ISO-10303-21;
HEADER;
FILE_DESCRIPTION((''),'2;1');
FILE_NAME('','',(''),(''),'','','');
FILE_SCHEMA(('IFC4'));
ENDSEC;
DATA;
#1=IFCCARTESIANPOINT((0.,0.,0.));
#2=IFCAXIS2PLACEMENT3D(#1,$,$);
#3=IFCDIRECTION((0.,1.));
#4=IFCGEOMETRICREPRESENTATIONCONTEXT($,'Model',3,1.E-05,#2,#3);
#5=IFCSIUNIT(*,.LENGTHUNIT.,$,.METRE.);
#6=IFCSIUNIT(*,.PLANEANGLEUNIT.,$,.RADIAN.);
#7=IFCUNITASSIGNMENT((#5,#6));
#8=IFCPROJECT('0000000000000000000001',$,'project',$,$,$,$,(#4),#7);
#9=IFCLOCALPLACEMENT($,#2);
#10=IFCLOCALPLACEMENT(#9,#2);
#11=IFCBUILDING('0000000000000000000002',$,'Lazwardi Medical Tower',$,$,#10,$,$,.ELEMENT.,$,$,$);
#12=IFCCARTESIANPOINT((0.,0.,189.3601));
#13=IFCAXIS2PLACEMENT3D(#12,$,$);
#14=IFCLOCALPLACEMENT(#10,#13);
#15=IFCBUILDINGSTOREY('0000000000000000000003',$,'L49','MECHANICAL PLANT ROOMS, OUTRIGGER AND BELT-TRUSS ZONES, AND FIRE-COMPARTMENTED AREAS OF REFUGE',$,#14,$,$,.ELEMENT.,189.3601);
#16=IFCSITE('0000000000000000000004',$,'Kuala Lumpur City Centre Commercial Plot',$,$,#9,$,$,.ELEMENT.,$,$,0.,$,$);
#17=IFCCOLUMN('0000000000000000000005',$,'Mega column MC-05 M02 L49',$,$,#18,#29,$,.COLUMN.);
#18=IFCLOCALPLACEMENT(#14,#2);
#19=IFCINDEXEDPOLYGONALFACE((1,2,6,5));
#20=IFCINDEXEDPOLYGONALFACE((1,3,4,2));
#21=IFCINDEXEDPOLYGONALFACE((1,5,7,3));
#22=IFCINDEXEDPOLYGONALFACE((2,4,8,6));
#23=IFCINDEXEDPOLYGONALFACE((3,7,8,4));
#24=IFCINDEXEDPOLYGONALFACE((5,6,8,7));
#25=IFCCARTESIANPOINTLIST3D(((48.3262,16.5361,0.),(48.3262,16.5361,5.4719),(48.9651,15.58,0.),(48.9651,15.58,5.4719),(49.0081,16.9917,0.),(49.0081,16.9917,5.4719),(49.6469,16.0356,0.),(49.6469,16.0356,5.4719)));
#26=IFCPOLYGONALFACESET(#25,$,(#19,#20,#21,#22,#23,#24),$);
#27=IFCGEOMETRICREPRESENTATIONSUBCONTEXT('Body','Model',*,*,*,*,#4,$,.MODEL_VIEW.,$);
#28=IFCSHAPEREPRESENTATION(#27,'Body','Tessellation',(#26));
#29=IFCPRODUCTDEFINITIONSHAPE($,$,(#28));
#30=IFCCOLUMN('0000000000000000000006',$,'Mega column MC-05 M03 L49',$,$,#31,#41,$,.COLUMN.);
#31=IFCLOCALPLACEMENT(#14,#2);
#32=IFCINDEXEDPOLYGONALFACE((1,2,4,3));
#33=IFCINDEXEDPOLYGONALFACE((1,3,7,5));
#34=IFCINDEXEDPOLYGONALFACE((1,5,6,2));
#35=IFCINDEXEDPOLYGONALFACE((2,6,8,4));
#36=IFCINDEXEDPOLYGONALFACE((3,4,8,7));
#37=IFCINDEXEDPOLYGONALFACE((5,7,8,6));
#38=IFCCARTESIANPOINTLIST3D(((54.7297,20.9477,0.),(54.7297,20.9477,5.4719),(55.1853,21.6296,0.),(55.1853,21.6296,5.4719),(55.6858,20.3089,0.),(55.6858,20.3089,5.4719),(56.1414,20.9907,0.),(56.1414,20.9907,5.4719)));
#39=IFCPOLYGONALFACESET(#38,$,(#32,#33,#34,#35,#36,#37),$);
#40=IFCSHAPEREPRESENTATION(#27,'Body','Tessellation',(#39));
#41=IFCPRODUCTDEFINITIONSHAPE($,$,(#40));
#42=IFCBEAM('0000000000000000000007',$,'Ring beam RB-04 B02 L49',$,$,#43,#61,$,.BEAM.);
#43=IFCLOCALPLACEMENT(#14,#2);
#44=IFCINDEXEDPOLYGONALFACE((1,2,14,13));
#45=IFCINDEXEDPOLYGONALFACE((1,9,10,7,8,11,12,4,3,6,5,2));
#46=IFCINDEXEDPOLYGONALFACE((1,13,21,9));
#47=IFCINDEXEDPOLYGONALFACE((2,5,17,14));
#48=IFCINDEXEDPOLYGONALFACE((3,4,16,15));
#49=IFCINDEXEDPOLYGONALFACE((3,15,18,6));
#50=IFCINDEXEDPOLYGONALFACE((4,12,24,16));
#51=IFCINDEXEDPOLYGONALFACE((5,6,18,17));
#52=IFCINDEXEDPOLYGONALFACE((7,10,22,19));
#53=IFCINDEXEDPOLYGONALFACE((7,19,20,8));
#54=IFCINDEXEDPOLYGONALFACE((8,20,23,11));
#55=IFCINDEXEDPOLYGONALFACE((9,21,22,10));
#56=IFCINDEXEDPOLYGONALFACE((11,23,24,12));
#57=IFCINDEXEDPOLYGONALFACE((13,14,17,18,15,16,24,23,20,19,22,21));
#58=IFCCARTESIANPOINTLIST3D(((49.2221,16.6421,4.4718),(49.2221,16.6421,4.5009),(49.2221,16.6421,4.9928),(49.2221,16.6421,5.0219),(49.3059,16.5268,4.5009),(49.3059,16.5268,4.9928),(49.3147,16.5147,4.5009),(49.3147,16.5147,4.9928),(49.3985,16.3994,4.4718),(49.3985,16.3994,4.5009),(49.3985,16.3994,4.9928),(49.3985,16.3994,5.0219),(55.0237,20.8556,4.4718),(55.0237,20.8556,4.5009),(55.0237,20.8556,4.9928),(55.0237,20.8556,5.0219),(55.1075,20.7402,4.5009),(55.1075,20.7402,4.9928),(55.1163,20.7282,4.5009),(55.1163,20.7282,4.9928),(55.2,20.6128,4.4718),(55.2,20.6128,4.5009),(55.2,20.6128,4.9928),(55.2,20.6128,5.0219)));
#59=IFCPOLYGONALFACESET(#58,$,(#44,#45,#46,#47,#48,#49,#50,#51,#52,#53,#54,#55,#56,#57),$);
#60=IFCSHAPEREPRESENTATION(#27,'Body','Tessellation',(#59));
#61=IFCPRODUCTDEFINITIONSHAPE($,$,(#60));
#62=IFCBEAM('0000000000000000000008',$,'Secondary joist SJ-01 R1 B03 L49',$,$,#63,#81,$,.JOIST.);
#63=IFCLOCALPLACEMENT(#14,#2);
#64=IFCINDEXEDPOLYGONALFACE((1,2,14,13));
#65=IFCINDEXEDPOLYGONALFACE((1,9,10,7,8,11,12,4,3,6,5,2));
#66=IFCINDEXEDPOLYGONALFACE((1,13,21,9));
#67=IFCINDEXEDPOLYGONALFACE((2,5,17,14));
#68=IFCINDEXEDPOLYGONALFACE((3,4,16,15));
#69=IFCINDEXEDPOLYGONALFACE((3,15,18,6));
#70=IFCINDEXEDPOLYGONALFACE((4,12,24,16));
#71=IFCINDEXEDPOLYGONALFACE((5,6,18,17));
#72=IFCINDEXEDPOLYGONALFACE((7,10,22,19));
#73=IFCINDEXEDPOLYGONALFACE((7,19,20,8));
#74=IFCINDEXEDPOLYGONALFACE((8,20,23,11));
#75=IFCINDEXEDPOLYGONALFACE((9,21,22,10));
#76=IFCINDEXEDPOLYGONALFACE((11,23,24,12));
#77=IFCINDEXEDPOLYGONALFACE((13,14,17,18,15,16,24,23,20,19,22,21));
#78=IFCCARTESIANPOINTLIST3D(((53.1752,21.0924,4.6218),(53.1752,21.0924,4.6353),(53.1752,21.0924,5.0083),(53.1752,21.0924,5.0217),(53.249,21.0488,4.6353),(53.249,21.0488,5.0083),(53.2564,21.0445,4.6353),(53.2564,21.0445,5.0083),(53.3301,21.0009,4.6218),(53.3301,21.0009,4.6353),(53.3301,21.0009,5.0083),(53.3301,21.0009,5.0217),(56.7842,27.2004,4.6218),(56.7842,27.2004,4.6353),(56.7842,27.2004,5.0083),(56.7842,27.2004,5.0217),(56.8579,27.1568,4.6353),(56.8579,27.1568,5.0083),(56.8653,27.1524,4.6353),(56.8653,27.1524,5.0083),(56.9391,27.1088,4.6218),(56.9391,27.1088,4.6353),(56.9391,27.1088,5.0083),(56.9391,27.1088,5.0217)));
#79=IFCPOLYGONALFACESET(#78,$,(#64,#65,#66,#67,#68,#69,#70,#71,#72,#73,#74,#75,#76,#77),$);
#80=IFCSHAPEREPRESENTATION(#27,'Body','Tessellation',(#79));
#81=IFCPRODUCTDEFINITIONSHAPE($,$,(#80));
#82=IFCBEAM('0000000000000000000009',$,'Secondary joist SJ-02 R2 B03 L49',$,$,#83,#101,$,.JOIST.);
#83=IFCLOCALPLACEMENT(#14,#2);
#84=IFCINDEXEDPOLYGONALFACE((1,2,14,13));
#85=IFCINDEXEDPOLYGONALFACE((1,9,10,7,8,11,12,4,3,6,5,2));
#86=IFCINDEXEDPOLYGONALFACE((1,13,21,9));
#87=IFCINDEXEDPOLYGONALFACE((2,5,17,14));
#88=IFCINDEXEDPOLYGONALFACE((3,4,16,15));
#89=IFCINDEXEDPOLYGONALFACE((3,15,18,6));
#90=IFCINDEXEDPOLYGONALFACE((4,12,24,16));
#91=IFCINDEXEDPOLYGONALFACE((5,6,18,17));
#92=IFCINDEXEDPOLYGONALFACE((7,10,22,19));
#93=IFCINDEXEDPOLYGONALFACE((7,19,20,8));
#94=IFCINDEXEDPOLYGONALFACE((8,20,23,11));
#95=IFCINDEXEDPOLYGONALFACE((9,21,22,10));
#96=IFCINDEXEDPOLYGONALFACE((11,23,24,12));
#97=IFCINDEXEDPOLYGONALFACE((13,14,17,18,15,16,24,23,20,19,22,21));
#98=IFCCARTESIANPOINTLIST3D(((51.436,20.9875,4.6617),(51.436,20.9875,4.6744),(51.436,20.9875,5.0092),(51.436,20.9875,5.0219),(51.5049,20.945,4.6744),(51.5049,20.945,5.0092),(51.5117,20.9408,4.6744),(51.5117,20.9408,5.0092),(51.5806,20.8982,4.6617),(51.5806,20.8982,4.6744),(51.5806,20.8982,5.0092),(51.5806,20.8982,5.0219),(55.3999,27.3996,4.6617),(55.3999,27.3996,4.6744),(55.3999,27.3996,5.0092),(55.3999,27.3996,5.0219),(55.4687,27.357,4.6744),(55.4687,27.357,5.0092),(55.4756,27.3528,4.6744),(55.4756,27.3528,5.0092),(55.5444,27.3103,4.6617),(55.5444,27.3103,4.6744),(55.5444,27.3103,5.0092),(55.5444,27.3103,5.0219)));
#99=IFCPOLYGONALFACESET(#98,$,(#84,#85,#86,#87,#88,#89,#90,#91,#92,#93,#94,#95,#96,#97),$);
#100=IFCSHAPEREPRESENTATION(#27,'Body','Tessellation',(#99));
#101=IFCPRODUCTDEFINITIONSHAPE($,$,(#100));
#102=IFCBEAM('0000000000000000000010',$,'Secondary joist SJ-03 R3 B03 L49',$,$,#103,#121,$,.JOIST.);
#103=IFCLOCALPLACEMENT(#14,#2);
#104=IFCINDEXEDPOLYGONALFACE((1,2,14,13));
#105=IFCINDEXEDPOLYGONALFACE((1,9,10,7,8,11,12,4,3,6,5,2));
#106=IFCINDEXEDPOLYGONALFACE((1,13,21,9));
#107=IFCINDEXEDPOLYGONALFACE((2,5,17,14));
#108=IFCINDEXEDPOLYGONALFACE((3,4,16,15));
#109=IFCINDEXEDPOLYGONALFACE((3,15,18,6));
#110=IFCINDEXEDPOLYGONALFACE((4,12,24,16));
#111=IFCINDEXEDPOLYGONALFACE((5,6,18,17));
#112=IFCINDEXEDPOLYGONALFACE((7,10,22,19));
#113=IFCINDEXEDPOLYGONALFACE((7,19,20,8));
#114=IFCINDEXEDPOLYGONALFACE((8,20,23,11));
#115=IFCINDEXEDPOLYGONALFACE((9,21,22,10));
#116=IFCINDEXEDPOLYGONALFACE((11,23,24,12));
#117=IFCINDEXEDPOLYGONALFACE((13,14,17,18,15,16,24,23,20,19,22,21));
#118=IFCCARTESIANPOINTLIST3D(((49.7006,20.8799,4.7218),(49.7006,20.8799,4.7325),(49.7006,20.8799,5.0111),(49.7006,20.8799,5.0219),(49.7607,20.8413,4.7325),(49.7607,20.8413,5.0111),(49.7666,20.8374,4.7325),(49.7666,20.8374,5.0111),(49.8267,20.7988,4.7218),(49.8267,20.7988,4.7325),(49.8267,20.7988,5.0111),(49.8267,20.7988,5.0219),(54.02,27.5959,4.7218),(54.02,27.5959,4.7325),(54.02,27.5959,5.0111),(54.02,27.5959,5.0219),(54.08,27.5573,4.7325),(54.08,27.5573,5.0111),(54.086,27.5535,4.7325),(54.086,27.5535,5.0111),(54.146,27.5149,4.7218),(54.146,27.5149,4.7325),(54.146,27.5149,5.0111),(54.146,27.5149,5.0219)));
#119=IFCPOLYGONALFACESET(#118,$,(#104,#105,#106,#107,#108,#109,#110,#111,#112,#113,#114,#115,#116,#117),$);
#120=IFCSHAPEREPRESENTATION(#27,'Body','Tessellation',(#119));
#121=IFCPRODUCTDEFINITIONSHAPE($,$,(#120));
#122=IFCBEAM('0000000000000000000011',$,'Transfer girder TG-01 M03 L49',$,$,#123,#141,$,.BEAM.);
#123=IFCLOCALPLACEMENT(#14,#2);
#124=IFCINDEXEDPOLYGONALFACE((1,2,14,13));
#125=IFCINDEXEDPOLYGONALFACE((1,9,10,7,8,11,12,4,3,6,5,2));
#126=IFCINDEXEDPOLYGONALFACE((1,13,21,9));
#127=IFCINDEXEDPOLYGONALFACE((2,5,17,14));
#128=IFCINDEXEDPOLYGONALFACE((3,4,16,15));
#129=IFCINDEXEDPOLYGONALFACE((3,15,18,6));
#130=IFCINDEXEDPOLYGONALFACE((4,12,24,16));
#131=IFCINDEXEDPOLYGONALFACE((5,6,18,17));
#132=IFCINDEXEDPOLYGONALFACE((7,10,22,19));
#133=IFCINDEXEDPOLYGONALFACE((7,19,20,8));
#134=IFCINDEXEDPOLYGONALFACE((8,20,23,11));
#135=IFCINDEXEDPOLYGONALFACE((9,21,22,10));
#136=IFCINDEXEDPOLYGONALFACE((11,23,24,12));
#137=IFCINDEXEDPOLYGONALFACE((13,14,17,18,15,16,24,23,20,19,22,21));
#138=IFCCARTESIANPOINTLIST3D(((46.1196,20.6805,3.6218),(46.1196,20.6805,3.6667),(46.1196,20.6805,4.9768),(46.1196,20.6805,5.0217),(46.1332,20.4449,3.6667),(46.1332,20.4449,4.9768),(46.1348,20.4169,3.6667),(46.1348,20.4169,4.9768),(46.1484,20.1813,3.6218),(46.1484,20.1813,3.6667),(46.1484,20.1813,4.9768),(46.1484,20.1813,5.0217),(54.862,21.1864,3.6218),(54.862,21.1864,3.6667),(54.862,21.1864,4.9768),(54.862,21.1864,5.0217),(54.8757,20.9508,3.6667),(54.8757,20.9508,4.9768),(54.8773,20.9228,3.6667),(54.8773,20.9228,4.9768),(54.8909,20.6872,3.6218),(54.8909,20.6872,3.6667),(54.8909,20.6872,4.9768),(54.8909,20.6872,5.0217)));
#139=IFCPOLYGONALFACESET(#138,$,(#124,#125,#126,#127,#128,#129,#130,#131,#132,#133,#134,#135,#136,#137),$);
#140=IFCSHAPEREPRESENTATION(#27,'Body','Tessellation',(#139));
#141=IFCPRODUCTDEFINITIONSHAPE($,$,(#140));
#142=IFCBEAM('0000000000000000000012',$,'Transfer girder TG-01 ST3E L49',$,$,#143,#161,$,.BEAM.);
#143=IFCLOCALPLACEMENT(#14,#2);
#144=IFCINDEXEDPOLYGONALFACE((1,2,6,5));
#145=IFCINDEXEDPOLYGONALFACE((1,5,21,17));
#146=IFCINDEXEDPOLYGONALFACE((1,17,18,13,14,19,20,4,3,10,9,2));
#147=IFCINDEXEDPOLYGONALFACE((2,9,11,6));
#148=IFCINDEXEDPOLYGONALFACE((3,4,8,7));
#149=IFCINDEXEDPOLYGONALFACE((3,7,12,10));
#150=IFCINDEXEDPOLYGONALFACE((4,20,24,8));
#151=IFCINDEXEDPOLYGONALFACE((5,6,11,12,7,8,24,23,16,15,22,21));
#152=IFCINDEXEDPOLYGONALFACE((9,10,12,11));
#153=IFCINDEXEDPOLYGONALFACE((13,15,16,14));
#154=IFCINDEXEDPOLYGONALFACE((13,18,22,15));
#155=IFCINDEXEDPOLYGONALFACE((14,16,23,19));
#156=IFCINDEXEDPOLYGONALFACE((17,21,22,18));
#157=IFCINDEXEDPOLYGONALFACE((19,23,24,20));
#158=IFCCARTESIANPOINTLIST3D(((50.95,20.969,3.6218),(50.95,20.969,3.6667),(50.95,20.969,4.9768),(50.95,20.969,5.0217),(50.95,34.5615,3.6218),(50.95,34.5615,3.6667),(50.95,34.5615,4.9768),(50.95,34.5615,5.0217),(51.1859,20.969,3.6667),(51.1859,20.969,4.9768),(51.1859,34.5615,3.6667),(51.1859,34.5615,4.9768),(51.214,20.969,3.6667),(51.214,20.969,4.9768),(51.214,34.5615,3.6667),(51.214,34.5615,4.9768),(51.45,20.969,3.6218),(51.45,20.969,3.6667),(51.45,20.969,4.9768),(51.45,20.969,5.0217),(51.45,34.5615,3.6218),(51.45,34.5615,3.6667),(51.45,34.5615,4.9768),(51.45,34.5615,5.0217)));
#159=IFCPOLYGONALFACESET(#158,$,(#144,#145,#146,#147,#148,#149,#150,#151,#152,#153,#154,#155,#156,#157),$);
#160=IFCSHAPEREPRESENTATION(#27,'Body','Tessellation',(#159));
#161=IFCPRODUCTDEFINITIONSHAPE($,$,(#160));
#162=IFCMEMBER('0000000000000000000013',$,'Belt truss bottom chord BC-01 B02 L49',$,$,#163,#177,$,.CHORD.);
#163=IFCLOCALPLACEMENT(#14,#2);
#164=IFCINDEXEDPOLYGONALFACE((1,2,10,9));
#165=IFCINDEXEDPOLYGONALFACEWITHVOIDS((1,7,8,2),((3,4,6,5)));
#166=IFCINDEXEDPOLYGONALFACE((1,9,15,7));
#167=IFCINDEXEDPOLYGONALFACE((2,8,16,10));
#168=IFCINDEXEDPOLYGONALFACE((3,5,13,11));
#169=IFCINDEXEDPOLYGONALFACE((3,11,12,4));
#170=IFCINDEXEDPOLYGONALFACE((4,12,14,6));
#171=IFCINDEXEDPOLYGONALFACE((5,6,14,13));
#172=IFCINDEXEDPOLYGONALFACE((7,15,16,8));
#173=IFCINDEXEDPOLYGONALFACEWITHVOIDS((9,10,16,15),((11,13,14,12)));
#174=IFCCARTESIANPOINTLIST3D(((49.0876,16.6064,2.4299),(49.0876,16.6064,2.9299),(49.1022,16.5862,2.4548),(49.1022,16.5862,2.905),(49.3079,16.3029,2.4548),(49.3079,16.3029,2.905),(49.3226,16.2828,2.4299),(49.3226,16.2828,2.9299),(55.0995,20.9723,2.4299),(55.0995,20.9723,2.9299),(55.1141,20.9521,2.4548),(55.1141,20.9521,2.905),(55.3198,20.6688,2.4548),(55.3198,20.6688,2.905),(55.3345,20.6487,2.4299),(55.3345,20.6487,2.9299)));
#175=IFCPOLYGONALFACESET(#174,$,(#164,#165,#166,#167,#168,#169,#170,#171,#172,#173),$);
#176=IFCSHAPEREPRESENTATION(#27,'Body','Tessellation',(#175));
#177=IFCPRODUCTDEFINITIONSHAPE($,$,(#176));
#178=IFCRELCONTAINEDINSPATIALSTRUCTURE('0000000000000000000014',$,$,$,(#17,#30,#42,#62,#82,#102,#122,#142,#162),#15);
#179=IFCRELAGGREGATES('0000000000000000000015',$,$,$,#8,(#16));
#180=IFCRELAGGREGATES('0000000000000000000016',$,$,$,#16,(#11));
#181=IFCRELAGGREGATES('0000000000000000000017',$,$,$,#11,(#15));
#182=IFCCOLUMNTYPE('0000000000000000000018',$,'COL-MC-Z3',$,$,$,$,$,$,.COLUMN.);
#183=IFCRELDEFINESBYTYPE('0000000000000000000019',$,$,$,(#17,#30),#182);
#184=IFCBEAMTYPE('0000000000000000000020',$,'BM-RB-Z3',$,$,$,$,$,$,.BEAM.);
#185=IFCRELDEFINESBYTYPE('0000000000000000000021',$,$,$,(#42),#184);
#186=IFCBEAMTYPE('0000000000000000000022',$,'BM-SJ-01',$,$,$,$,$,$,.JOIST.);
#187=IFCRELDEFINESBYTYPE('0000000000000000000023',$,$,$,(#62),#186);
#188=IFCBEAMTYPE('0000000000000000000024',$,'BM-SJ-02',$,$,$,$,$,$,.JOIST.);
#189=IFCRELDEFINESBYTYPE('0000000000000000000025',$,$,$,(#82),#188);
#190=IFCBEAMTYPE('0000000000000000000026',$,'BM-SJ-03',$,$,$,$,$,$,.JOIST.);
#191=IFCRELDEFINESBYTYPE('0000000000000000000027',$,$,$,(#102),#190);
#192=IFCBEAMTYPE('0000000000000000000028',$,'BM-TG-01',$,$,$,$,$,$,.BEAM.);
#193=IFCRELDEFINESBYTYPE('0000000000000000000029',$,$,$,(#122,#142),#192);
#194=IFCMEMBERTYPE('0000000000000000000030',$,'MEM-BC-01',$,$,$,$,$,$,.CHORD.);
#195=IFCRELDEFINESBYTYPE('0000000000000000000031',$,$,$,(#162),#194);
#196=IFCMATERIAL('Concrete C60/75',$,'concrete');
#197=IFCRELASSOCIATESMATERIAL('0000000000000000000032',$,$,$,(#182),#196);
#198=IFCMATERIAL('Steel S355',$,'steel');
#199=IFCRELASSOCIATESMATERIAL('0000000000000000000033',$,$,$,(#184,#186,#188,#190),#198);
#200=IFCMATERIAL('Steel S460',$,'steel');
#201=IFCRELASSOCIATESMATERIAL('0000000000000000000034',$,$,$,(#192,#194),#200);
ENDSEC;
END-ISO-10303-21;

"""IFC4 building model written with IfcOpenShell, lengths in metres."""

from ifc_helpers import new_model, si_unit, direction, frame, origin, origin_2d, place, context, subcontext, project, spatial, rectangle, hollow_rectangle, i_section, extrude, material, material_profile, profile_set, type_object, element, save


model = new_model("IFC4")

# Units and contexts
model_context = context("Model", 3, precision=1e-05, world=origin(), true_north=direction((0.0, 1.0)))
body_context = subcontext(model_context, "Body", "Model", "MODEL_VIEW")
ifc_project = project(units=[si_unit("LENGTHUNIT", "METRE"), si_unit("PLANEANGLEUNIT", "RADIAN")], contexts=[model_context])

# Site, building, storey
site_placement = place(None, origin())
site = spatial("IfcSite", under=ifc_project, at=site_placement, Name="Kuala Lumpur City Centre Commercial Plot", CompositionType="ELEMENT", RefElevation=0.0)
building_placement = place(site_placement, origin())
building = spatial("IfcBuilding", under=site, at=building_placement, Name="Lazwardi Medical Tower", CompositionType="ELEMENT")
storey_placement = place(building_placement, frame((0.0, 0.0, 189.3601)))
storey = spatial("IfcBuildingStorey", under=building, at=storey_placement, Name="L49", Description="MECHANICAL PLANT ROOMS, OUTRIGGER AND BELT-TRUSS ZONES, AND FIRE-COMPARTMENTED AREAS OF REFUGE", CompositionType="ELEMENT", Elevation=189.3601)

# Columns
ifc_material_1 = material(Name="Concrete C60/75", Category="concrete")
ifc_material_profile_1 = material_profile(ifc_material_1, rectangle(XDim=1.1499, YDim=0.8201, at=origin_2d()), Name="CFT-RECT 1150x820")
ifc_profile_set_1 = profile_set([ifc_material_profile_1], Name="Concrete C60/75")
column_type = type_object("IfcColumnType", Name="COL-MC-Z3", PredefinedType="COLUMN", material=ifc_profile_set_1)
for number, where, z_axis, x_axis, name in (
    (1, (48.9866, 16.2859, 0.0), (0.0, 0.0, 1.0), (0.55557, -0.83147, 0.0), "Mega column MC-05 M02 L49"),
    (2, (55.4355, 20.9692, 0.0), (0.0, 0.0, 1.0), (0.83147, -0.55557, 0.0), "Mega column MC-05 M03 L49"),
):
    element("IfcColumn", number, at=place(storey_placement, frame(where, z_axis=z_axis, x_axis=x_axis)), inside=storey, type_object=column_type, Name=name, PredefinedType="COLUMN", context=body_context, shape_type="SweptSolid", body=[
        extrude(rectangle(XDim=1.1499, YDim=0.8201, at=origin_2d()), origin(), (0.0, 0.0, 1.0), 5.4719),
    ])

# Beams
ifc_material_2 = material(Name="Steel S355", Category="steel")
ifc_material_profile_2 = material_profile(ifc_material_2, i_section(OverallWidth=0.3, OverallDepth=0.55, WebThickness=0.0149, FlangeThickness=0.0291, at=origin_2d()), Name="HEB 550")
ifc_profile_set_2 = profile_set([ifc_material_profile_2], Name="Steel S355")
beam_type_1 = type_object("IfcBeamType", Name="BM-RB-Z3", PredefinedType="BEAM", material=ifc_profile_set_2)
beam_1_placement = place(storey_placement, frame((49.3103, 16.5208, 4.7468), z_axis=(0.809128, 0.587633, 0.0), x_axis=(-0.587633, 0.809128, 0.0)))
element("IfcBeam", 3, at=beam_1_placement, inside=storey, type_object=beam_type_1, Name="Ring beam RB-04 B02 L49", PredefinedType="BEAM", context=body_context, shape_type="SweptSolid", body=[
    extrude(i_section(OverallWidth=0.3, OverallDepth=0.55, WebThickness=0.0149, FlangeThickness=0.0291, at=origin_2d()), origin(), (0.0, 0.0, 1.0), 7.1702),
])
ifc_material_profile_3 = material_profile(ifc_material_2, i_section(OverallWidth=0.1799, OverallDepth=0.3999, WebThickness=0.0085, FlangeThickness=0.0134, at=origin_2d()), Name="IPE 400")
ifc_profile_set_3 = profile_set([ifc_material_profile_3], Name="Steel S355")
beam_type_2 = type_object("IfcBeamType", Name="BM-SJ-01", PredefinedType="JOIST", material=ifc_profile_set_3)
beam_2_placement = place(storey_placement, frame((53.2527, 21.0466, 4.8218), z_axis=(0.508695, 0.860947, 0.0), x_axis=(-0.860947, 0.508695, 0.0)))
element("IfcBeam", 4, at=beam_2_placement, inside=storey, type_object=beam_type_2, Name="Secondary joist SJ-01 R1 B03 L49", PredefinedType="JOIST", context=body_context, shape_type="SweptSolid", body=[
    extrude(i_section(OverallWidth=0.1799, OverallDepth=0.3999, WebThickness=0.0085, FlangeThickness=0.0134, at=origin_2d()), origin(), (0.0, 0.0, 1.0), 7.0945),
])
ifc_material_profile_4 = material_profile(ifc_material_2, i_section(OverallWidth=0.1699, OverallDepth=0.3601, WebThickness=0.0081, FlangeThickness=0.0127, at=origin_2d()), Name="IPE 360")
ifc_profile_set_4 = profile_set([ifc_material_profile_4], Name="Steel S355")
beam_type_3 = type_object("IfcBeamType", Name="BM-SJ-02", PredefinedType="JOIST", material=ifc_profile_set_4)
beam_3_placement = place(storey_placement, frame((51.5083, 20.9429, 4.8418), z_axis=(0.525824, 0.850594, 0.0), x_axis=(-0.850594, 0.525824, 0.0)))
element("IfcBeam", 5, at=beam_3_placement, inside=storey, type_object=beam_type_3, Name="Secondary joist SJ-02 R2 B03 L49", PredefinedType="JOIST", context=body_context, shape_type="SweptSolid", body=[
    extrude(i_section(OverallWidth=0.1699, OverallDepth=0.3601, WebThickness=0.0081, FlangeThickness=0.0127, at=origin_2d()), origin(), (0.0, 0.0, 1.0), 7.5383),
])
ifc_material_profile_5 = material_profile(ifc_material_2, i_section(OverallWidth=0.1499, OverallDepth=0.3, WebThickness=0.0071, FlangeThickness=0.0107, at=origin_2d()), Name="IPE 300")
ifc_profile_set_5 = profile_set([ifc_material_profile_5], Name="Steel S355")
beam_type_4 = type_object("IfcBeamType", Name="BM-SJ-03", PredefinedType="JOIST", material=ifc_profile_set_5)
beam_4_placement = place(storey_placement, frame((49.7637, 20.8394, 4.8718), z_axis=(0.540923, 0.841072, 0.0), x_axis=(-0.841072, 0.540923, 0.0)))
element("IfcBeam", 6, at=beam_4_placement, inside=storey, type_object=beam_type_4, Name="Secondary joist SJ-03 R3 B03 L49", PredefinedType="JOIST", context=body_context, shape_type="SweptSolid", body=[
    extrude(i_section(OverallWidth=0.1499, OverallDepth=0.3, WebThickness=0.0071, FlangeThickness=0.0107, at=origin_2d()), origin(), (0.0, 0.0, 1.0), 7.9851),
])
ifc_material_3 = material(Name="Steel S460", Category="steel")
ifc_material_profile_6 = material_profile(ifc_material_3, i_section(OverallWidth=0.5, OverallDepth=1.3999, WebThickness=0.0281, FlangeThickness=0.0449, at=origin_2d()), Name="PG 1400x500")
ifc_profile_set_6 = profile_set([ifc_material_profile_6], Name="Steel S460")
beam_type_5 = type_object("IfcBeamType", Name="BM-TG-01", PredefinedType="BEAM", material=ifc_profile_set_6)
beam_5_placement = place(storey_placement, frame((54.8765, 20.9368, 4.3218), z_axis=(-0.99833, -0.057766, 0.0), x_axis=(0.057766, -0.99833, 0.0)))
element("IfcBeam", 7, at=beam_5_placement, inside=storey, type_object=beam_type_5, Name="Transfer girder TG-01 M03 L49", PredefinedType="BEAM", context=body_context, shape_type="SweptSolid", body=[
    extrude(i_section(OverallWidth=0.5, OverallDepth=1.3999, WebThickness=0.0281, FlangeThickness=0.0449, at=origin_2d()), origin(), (0.0, 0.0, 1.0), 8.7571),
])
beam_6_placement = place(storey_placement, frame((51.2, 20.969, 4.3218), z_axis=(0.0, 1.0, 0.0), x_axis=(-1.0, 0.0, 0.0)))
element("IfcBeam", 8, at=beam_6_placement, inside=storey, type_object=beam_type_5, Name="Transfer girder TG-01 ST3E L49", PredefinedType="BEAM", context=body_context, shape_type="SweptSolid", body=[
    extrude(i_section(OverallWidth=0.5, OverallDepth=1.3999, WebThickness=0.0281, FlangeThickness=0.0449, at=origin_2d()), origin(), (0.0, 0.0, 1.0), 13.5925),
])

# Member
ifc_material_profile_7 = material_profile(ifc_material_3, hollow_rectangle(XDim=0.3999, YDim=0.5, WallThickness=0.0249, at=origin_2d()), Name="RHS 500x400x25")
ifc_profile_set_7 = profile_set([ifc_material_profile_7], Name="Steel S460")
member_type_1 = type_object("IfcMemberType", Name="MEM-BC-01", PredefinedType="CHORD", material=ifc_profile_set_7)
for number, where, z_axis, x_axis, name in (
    (9, (49.2051, 16.4446, 2.6799), (0.809144, 0.587611, 0.0), (-0.587611, 0.809144, 0.0), "Belt truss bottom chord BC-01 B02 L49"),
):
    element("IfcMember", number, at=place(storey_placement, frame(where, z_axis=z_axis, x_axis=x_axis)), inside=storey, type_object=member_type_1, Name=name, PredefinedType="CHORD", context=body_context, shape_type="SweptSolid", body=[
        extrude(hollow_rectangle(XDim=0.3999, YDim=0.5, WallThickness=0.0249, at=origin_2d()), origin(), (0.0, 0.0, 1.0), 7.4299),
    ])

save(model, "model.ifc")
